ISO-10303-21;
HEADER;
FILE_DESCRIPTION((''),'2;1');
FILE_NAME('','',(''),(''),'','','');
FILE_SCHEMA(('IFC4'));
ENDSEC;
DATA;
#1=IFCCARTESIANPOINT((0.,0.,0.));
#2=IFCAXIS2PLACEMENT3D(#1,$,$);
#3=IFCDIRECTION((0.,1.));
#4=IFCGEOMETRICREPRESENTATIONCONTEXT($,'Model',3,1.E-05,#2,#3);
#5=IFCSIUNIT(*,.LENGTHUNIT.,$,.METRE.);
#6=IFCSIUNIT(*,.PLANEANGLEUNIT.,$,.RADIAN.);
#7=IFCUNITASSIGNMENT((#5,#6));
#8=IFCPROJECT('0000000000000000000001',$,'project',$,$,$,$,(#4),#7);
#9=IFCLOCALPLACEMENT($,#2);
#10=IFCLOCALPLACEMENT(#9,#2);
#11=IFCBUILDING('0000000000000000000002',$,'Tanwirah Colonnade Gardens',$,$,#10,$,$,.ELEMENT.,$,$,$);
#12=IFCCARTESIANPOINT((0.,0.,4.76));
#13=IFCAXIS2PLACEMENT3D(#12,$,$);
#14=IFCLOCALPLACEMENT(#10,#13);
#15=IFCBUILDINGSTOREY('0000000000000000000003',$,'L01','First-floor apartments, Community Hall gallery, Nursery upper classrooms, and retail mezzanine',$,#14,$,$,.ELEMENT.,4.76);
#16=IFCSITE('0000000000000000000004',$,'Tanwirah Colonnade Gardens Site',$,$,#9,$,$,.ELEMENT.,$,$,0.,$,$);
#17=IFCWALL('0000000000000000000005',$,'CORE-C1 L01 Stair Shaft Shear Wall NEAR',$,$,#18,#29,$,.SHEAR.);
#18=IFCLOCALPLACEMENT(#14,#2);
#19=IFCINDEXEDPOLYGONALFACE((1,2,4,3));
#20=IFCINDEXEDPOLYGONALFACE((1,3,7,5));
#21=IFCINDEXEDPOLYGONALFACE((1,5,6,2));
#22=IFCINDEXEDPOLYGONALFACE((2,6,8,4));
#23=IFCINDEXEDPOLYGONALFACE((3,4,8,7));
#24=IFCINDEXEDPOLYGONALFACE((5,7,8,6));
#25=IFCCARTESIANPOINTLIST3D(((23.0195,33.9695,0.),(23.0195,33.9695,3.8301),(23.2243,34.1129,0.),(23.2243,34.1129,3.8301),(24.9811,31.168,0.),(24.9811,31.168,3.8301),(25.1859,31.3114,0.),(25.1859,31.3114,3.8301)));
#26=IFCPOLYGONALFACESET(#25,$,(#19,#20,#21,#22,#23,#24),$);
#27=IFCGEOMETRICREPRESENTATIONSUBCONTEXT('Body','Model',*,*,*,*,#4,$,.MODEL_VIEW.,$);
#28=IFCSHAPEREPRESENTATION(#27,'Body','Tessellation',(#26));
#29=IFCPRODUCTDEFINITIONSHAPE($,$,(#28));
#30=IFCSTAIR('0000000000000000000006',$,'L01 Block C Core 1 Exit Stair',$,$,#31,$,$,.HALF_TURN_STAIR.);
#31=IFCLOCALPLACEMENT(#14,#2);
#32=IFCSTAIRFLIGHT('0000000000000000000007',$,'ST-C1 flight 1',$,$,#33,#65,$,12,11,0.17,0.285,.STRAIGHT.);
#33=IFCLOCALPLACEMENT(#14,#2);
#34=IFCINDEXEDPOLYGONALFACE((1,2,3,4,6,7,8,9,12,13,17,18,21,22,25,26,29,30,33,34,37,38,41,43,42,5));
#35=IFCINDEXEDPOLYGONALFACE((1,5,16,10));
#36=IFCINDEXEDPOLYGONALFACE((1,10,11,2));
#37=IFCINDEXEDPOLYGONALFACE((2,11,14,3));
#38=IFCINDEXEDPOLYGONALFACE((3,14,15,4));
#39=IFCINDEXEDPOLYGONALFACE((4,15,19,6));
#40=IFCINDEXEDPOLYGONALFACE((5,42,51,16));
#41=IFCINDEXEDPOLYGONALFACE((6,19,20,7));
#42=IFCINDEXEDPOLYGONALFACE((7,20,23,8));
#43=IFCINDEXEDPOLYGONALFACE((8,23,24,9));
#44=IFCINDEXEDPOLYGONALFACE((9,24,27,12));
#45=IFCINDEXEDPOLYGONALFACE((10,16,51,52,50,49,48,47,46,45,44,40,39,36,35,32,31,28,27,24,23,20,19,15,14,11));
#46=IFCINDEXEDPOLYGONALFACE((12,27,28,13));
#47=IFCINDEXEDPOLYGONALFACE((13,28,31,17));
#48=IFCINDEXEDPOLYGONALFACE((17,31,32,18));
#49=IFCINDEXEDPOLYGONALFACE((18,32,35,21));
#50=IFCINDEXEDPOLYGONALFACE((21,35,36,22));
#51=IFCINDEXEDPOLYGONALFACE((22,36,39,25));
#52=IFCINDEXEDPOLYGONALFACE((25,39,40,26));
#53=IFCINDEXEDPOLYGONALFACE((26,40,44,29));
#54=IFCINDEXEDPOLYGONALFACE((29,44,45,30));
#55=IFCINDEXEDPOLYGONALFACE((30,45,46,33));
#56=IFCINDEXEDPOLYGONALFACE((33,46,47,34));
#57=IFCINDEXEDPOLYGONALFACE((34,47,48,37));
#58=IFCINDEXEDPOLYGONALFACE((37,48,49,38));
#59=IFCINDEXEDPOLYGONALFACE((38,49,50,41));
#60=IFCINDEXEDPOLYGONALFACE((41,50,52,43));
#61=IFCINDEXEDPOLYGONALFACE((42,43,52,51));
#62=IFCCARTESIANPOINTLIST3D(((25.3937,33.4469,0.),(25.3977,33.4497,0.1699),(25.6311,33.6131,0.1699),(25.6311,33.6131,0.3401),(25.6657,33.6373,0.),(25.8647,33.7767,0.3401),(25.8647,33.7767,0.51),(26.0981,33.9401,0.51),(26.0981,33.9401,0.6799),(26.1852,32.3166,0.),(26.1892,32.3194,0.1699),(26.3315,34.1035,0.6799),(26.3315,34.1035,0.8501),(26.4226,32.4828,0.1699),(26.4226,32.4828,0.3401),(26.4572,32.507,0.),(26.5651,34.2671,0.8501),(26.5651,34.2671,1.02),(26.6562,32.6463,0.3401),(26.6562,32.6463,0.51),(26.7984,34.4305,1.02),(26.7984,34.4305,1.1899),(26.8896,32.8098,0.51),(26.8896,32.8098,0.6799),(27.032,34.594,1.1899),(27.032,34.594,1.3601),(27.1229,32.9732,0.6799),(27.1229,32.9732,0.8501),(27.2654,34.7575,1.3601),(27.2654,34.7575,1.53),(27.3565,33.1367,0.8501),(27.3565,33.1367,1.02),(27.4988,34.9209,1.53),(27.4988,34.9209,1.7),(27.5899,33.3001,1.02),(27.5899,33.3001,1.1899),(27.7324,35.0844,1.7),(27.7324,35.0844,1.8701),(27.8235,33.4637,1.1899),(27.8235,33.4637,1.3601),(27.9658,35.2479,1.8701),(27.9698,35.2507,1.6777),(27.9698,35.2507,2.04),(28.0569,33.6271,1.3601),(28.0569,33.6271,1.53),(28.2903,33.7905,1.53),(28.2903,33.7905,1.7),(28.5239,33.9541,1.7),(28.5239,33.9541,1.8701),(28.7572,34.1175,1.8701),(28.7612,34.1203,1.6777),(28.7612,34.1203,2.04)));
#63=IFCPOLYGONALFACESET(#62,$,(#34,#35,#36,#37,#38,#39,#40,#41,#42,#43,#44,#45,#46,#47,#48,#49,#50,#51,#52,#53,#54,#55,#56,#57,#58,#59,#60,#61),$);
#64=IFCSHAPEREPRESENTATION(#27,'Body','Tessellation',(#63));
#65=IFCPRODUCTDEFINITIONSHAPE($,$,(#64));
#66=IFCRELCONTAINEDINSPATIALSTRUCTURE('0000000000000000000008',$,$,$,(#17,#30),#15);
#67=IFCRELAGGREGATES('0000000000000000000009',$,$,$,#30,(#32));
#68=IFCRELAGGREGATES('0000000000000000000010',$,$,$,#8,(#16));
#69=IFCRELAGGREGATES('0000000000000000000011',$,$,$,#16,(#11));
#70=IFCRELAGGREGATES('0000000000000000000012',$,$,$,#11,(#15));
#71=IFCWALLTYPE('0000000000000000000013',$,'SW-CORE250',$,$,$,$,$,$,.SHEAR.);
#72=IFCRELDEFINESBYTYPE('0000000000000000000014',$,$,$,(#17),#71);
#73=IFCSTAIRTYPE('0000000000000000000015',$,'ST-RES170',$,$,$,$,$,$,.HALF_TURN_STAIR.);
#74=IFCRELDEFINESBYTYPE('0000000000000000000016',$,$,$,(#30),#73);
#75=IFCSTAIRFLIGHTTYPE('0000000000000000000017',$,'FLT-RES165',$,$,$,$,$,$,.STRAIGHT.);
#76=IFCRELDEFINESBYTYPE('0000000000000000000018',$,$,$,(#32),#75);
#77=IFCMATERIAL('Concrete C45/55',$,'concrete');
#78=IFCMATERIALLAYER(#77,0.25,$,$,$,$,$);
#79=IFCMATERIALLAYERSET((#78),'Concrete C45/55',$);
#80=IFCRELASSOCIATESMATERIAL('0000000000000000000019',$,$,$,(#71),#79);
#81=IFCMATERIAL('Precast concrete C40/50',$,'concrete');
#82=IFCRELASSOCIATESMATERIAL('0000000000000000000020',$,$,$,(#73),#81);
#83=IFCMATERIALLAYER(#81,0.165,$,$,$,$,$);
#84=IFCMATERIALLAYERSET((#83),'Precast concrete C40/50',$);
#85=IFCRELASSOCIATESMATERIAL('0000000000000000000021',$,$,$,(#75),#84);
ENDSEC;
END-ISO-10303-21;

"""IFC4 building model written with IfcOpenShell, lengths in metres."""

from ifc_helpers import new_model, si_unit, direction, frame, frame_2d, origin, place, context, subcontext, project, spatial, polyline, rectangle, outline, extrude, material, layer, layer_set, type_object, element, aggregate, save


model = new_model("IFC4")

# Units and contexts
model_context = context("Model", 3, precision=1e-05, world=origin(), true_north=direction((0.0, 1.0)))
body_context = subcontext(model_context, "Body", "Model", "MODEL_VIEW")
ifc_project = project(units=[si_unit("LENGTHUNIT", "METRE"), si_unit("PLANEANGLEUNIT", "RADIAN")], contexts=[model_context])

# Site, building, storey
site_placement = place(None, origin())
site = spatial("IfcSite", under=ifc_project, at=site_placement, Name="Tanwirah Colonnade Gardens Site", CompositionType="ELEMENT", RefElevation=0.0)
building_placement = place(site_placement, origin())
building = spatial("IfcBuilding", under=site, at=building_placement, Name="Tanwirah Colonnade Gardens", CompositionType="ELEMENT")
storey_placement = place(building_placement, frame((0.0, 0.0, 4.76)))
storey = spatial("IfcBuildingStorey", under=building, at=storey_placement, Name="L01", Description="First-floor apartments, Community Hall gallery, Nursery upper classrooms, and retail mezzanine", CompositionType="ELEMENT", Elevation=4.76)

# Shared definitions
ifc_material_1 = material(Name="Precast concrete C40/50", Category="concrete")

# Wall
ifc_material_2 = material(Name="Concrete C45/55", Category="concrete")
ifc_layer_1 = layer(ifc_material_2, 0.25)
ifc_layer_set_1 = layer_set([ifc_layer_1], Name="Concrete C45/55")
wall_type_1 = type_object("IfcWallType", Name="SW-CORE250", PredefinedType="SHEAR", material=ifc_layer_set_1)
wall_1_placement = place(storey_placement, frame((25.0835, 31.2397, 0.0), z_axis=(0.0, 0.0, 1.0), x_axis=(-0.573582, 0.819148, 0.0)))
element("IfcWall", 1, at=wall_1_placement, inside=storey, type_object=wall_type_1, Name="CORE-C1 L01 Stair Shaft Shear Wall NEAR", PredefinedType="SHEAR", context=body_context, shape_type="SweptSolid", body=[
    extrude(rectangle(XDim=3.4199, YDim=0.25, at=frame_2d((1.71, 0.0))), origin(), (0.0, 0.0, 1.0), 3.8301),
])

# Stair, stair flight
stair_type = type_object("IfcStairType", Name="ST-RES170", PredefinedType="HALF_TURN_STAIR", material=ifc_material_1)
stair_placement = place(storey_placement, origin())
stair = element("IfcStair", 2, at=stair_placement, inside=storey, type_object=stair_type, Name="L01 Block C Core 1 Exit Stair", PredefinedType="HALF_TURN_STAIR")
ifc_layer_2 = layer(ifc_material_1, 0.165)
ifc_layer_set_2 = layer_set([ifc_layer_2], Name="Precast concrete C40/50")
stair_flight_type = type_object("IfcStairFlightType", Name="FLT-RES165", PredefinedType="STRAIGHT", material=ifc_layer_set_2)
stair_flight_placement = place(storey_placement, frame((25.7935, 32.8845, 0.0), z_axis=(0.0, 0.0, 1.0), x_axis=(0.819152, 0.573576, 0.0)))
stair_flight = element("IfcStairFlight", 3, at=stair_flight_placement, type_object=stair_flight_type, Name="ST-C1 flight 1", NumberOfRisers=12, NumberOfTreads=11, PredefinedType="STRAIGHT", RiserHeight=0.17, TreadLength=0.285, context=body_context, shape_type="SweptSolid", body=[
    extrude(outline(polyline([(-0.0049, 0.0), (0.0, 0.1699), (0.2849, 0.1699), (0.2849, 0.3401), (0.5701, 0.3401), (0.5701, 0.51), (0.855, 0.51), (0.855, 0.6799), (1.1399, 0.6799), (1.1399, 0.8501), (1.425, 0.8501), (1.425, 1.02), (1.71, 1.02), (1.71, 1.1899), (1.9951, 1.1899), (1.9951, 1.3601), (2.28, 1.3601), (2.28, 1.53), (2.5649, 1.53), (2.5649, 1.7), (2.8501, 1.7), (2.8501, 1.8701), (3.135, 1.8701), (3.1399, 2.04), (3.1399, 1.6777), (0.3271, 0.0), (-0.0049, 0.0)])), frame((0.0, 0.6899, 0.0), z_axis=(0.0, -1.0, 0.0), x_axis=(1.0, 0.0, 0.0)), (0.0, 0.0, 1.0), 1.3799),
])
aggregate(stair, [stair_flight])

save(model, "model.ifc")
